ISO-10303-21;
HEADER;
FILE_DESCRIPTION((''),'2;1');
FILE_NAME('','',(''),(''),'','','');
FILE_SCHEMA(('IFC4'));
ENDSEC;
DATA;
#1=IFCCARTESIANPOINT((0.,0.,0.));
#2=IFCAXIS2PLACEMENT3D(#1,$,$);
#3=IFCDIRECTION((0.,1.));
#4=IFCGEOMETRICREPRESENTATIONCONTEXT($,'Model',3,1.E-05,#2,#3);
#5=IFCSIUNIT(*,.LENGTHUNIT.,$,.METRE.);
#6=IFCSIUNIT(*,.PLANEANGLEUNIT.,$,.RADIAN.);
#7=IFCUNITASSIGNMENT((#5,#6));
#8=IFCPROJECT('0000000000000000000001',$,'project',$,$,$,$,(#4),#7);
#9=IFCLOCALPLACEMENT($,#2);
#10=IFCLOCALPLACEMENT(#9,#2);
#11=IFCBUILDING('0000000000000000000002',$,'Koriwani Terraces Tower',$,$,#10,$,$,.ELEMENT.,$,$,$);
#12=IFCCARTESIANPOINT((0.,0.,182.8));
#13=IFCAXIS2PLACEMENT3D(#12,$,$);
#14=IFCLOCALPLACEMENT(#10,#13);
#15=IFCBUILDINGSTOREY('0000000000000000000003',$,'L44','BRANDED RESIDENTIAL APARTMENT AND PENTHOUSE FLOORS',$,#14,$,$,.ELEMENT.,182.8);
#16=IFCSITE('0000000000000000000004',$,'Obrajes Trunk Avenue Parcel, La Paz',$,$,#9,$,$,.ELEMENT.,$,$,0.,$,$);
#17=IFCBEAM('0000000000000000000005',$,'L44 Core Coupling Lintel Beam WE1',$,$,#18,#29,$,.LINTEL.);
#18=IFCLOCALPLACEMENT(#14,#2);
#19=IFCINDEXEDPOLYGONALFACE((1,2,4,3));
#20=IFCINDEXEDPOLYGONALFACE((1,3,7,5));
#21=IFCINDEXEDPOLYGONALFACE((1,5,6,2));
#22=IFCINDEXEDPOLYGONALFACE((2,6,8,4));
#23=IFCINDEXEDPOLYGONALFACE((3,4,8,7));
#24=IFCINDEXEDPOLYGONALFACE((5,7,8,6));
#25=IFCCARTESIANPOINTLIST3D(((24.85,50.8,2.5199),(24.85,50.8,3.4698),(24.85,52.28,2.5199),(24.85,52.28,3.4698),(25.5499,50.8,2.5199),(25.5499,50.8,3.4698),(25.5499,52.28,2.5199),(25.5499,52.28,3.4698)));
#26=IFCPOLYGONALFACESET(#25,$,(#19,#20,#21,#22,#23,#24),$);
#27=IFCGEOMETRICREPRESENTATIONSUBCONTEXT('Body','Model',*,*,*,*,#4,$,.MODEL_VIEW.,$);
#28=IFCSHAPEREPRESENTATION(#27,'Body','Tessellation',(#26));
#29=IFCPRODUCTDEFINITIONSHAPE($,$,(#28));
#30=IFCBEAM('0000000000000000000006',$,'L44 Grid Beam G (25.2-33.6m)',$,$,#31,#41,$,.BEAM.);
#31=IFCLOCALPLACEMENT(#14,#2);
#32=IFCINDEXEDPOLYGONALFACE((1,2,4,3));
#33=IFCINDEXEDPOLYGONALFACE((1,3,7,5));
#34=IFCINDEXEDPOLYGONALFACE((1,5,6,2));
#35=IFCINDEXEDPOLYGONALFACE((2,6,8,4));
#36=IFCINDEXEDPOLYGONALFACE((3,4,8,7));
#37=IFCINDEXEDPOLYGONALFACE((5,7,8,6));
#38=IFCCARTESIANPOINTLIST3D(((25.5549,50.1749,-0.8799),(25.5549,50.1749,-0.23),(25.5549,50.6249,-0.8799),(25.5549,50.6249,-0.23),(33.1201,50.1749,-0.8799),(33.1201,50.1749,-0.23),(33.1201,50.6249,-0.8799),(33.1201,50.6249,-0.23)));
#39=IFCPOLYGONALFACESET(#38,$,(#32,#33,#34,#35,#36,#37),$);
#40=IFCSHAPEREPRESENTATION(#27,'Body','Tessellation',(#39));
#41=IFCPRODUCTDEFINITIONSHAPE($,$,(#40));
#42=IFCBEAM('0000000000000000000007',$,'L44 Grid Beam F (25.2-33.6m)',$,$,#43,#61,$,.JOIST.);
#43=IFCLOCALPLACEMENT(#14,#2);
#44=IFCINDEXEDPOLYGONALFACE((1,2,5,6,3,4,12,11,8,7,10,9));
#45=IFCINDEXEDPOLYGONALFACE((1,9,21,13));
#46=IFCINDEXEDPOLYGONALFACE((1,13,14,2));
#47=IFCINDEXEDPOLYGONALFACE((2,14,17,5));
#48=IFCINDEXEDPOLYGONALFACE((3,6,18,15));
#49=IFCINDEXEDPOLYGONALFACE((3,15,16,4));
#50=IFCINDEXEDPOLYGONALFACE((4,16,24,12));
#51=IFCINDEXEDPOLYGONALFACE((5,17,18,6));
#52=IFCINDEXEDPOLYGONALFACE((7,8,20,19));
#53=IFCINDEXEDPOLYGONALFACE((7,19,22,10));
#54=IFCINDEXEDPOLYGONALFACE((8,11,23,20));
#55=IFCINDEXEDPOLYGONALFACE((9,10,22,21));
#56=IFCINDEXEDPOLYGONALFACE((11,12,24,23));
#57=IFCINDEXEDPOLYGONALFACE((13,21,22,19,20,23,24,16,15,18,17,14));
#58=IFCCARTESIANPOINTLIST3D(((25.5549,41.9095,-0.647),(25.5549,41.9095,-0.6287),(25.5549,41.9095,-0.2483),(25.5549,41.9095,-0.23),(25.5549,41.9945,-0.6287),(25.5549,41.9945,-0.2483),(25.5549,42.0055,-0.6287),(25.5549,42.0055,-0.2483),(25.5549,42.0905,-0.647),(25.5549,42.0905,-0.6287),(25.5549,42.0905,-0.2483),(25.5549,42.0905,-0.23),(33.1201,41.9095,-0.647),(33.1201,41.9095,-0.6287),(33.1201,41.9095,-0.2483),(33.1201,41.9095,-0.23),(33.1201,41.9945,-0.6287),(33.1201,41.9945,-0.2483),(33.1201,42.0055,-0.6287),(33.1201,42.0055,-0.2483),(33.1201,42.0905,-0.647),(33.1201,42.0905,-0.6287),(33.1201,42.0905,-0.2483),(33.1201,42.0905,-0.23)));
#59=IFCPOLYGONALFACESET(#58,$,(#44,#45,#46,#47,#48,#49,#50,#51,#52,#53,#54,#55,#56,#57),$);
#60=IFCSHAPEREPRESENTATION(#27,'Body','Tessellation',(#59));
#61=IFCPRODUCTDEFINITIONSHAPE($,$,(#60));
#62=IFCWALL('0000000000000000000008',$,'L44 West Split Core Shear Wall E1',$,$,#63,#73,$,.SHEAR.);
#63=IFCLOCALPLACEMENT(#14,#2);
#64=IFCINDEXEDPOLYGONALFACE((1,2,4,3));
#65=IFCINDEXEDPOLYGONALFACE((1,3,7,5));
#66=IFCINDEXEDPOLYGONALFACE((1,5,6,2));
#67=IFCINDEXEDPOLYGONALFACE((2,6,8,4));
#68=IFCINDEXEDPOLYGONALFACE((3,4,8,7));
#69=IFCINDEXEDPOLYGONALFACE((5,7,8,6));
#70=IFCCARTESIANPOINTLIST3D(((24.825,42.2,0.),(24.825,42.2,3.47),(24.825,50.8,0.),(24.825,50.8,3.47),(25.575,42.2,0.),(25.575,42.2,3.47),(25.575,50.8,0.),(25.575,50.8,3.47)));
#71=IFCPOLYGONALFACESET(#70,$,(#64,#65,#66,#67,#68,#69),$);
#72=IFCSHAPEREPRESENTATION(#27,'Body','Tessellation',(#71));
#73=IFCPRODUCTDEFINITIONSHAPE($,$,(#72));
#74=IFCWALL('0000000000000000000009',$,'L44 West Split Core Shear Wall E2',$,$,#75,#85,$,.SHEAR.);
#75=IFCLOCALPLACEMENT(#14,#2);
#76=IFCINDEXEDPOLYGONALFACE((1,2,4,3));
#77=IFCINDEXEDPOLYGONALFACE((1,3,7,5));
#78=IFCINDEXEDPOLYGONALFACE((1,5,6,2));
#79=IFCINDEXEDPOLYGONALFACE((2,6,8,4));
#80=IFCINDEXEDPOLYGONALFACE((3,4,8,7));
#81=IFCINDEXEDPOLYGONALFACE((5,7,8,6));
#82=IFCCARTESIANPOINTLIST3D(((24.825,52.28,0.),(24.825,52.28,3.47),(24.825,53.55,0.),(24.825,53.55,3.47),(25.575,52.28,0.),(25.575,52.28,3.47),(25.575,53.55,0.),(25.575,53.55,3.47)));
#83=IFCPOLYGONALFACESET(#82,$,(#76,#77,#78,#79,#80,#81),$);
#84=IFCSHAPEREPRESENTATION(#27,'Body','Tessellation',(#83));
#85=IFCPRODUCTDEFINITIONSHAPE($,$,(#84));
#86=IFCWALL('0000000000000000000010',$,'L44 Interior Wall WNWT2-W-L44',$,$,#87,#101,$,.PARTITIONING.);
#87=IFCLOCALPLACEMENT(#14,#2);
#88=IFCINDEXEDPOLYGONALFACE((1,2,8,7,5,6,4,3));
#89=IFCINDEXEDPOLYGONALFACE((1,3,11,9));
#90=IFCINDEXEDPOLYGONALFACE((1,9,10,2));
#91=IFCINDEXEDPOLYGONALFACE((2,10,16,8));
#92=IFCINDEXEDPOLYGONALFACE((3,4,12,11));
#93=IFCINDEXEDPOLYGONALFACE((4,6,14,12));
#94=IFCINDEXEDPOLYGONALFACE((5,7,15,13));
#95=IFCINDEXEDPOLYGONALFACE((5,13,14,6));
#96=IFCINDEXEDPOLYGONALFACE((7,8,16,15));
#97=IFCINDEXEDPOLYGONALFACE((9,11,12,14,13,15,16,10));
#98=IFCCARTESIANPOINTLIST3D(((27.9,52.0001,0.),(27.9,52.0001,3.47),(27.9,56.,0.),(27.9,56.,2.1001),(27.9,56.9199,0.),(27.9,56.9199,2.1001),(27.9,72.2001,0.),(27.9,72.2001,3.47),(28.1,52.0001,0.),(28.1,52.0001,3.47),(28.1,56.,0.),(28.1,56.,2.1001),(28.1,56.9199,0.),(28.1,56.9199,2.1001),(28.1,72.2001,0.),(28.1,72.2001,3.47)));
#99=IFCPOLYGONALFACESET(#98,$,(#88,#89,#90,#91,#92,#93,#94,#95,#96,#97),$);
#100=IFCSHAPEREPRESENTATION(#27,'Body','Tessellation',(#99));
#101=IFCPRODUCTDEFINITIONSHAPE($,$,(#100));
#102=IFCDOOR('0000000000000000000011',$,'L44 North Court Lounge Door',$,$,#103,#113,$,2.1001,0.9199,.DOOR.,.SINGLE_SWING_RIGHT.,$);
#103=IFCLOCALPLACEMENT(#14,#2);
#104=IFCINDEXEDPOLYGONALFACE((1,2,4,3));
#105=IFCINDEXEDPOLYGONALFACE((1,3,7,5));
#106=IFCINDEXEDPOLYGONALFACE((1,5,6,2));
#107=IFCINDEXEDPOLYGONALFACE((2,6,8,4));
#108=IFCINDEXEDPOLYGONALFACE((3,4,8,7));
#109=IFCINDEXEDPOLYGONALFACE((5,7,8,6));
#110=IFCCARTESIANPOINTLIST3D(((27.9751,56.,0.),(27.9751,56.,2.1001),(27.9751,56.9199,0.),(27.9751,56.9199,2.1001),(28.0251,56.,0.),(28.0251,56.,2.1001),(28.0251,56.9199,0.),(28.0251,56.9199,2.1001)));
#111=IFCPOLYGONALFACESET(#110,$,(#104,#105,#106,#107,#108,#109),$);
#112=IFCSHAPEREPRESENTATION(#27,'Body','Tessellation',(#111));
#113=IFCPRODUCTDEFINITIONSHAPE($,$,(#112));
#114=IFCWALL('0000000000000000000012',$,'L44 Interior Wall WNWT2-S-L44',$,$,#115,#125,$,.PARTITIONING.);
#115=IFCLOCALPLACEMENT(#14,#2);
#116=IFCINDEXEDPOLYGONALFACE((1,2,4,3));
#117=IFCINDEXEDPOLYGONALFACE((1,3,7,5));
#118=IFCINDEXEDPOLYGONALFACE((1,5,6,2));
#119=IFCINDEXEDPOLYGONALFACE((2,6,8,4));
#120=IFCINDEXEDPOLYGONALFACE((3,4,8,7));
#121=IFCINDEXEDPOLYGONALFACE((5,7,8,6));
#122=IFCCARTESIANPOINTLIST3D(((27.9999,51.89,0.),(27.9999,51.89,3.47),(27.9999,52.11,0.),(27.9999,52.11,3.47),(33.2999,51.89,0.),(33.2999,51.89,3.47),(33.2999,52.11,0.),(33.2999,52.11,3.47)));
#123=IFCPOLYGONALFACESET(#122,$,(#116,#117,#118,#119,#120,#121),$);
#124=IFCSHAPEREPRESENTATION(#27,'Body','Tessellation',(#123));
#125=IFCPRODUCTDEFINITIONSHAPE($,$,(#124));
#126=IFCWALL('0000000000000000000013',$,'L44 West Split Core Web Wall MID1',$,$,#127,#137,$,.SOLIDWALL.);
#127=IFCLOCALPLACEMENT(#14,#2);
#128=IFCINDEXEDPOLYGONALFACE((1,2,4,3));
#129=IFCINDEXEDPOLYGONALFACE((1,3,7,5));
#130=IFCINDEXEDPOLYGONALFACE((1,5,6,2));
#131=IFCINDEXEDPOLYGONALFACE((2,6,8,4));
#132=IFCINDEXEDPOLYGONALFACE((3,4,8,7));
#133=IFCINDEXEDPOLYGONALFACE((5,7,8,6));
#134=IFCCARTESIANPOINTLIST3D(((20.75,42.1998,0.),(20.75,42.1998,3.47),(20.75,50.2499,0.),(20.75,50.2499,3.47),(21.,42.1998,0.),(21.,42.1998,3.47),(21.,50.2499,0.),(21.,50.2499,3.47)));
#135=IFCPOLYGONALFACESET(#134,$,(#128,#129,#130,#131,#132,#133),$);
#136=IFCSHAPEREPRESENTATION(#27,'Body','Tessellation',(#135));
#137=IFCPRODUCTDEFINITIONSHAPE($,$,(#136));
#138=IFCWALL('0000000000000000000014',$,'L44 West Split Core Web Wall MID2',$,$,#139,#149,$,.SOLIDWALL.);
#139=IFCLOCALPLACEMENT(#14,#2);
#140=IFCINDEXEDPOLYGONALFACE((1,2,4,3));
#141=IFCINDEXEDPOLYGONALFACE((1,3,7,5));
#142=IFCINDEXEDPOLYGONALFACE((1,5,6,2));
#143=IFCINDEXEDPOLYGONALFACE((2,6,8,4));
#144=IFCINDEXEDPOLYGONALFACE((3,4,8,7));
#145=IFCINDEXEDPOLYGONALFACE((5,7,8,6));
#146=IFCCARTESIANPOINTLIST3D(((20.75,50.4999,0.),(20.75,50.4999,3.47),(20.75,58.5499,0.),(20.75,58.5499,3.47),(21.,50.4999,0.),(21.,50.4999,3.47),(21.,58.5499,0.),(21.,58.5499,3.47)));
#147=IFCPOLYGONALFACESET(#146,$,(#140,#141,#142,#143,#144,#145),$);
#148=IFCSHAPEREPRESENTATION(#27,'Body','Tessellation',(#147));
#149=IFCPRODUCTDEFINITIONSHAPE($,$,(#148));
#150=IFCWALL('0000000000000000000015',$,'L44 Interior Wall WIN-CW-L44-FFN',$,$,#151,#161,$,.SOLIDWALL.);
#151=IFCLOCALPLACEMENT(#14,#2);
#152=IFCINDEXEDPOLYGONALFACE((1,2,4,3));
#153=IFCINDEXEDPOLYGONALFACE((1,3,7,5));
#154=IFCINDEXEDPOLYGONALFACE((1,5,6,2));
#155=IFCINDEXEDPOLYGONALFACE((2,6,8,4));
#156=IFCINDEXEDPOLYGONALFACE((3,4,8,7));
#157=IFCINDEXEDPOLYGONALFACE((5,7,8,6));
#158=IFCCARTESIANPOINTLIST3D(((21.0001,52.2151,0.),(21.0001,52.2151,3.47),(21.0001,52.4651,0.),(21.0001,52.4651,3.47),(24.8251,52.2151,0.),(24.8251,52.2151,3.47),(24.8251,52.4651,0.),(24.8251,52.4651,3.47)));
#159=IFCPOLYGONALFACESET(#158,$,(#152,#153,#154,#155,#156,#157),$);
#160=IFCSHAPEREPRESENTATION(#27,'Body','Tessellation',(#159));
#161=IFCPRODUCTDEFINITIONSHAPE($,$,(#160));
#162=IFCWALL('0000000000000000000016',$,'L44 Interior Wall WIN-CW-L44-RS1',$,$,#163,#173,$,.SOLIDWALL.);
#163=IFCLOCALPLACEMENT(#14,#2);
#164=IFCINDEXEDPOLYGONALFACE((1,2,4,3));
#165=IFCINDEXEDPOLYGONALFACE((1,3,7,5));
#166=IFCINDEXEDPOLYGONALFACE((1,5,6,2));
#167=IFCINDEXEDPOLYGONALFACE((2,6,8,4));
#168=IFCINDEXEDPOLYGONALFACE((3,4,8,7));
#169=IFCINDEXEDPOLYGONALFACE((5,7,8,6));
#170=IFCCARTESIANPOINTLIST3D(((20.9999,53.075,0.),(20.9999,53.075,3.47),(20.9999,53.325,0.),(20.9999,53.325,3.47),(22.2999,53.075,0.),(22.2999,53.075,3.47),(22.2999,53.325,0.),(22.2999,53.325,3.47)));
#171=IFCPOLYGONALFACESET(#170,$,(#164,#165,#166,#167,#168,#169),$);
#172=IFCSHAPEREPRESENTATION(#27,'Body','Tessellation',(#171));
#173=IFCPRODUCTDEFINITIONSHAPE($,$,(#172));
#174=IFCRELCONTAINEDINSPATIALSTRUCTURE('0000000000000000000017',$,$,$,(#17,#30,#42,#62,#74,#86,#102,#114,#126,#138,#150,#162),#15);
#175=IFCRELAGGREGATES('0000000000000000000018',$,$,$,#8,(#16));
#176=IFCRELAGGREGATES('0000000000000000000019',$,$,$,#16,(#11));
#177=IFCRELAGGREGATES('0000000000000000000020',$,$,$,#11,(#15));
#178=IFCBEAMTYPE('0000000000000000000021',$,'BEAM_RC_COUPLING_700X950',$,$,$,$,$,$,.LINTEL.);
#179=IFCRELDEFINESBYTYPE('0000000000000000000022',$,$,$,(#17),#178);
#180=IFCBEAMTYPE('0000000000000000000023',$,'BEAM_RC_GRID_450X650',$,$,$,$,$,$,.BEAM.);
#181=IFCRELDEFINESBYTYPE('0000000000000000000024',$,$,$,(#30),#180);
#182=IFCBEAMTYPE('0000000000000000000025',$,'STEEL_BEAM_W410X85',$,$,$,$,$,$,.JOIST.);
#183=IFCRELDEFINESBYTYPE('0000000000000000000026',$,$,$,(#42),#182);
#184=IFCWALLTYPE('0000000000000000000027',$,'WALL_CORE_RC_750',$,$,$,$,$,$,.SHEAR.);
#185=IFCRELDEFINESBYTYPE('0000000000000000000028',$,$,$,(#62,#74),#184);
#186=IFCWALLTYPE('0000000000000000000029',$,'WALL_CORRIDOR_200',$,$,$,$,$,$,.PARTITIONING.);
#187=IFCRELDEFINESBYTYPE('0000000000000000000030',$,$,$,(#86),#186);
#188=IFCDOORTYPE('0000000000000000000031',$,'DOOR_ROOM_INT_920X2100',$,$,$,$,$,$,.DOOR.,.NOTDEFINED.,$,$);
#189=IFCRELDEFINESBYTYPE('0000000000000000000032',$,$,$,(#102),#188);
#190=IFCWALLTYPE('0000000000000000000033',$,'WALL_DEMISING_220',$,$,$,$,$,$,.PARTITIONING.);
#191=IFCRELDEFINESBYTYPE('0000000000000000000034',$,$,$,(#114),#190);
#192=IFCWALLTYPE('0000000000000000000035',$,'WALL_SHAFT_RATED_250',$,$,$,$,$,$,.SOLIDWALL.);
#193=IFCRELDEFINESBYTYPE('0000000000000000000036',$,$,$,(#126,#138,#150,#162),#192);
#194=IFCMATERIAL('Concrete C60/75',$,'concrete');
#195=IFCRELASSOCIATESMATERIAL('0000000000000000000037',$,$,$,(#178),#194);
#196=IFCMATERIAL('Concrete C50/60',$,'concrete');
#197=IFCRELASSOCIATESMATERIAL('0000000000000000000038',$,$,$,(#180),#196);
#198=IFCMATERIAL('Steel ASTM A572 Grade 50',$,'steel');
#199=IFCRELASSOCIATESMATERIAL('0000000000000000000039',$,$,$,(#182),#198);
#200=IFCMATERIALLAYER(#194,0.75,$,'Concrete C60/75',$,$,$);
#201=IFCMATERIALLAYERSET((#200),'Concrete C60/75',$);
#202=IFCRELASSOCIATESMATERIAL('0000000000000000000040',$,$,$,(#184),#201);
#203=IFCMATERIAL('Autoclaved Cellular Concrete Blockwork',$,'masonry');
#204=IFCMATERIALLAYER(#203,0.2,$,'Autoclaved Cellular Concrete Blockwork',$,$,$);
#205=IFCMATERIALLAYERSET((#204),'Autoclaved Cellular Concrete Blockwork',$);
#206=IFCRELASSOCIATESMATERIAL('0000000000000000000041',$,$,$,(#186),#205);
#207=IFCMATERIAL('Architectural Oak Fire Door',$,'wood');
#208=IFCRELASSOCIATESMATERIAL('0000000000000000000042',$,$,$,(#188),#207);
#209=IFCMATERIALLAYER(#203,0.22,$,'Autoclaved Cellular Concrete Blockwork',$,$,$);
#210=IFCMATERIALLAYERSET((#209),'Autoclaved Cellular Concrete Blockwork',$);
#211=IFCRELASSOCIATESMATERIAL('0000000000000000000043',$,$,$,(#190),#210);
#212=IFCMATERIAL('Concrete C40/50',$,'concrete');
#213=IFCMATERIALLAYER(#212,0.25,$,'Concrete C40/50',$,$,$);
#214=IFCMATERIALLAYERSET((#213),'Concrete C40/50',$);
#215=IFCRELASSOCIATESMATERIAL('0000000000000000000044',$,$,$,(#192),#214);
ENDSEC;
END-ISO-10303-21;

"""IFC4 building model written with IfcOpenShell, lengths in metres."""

from ifc_helpers import new_model, si_unit, direction, frame, frame_2d, origin, origin_2d, place, context, subcontext, project, spatial, rectangle, i_section, extrude, material, layer, layer_set, material_profile, profile_set, type_object, element, fill, save


model = new_model("IFC4")

# Units and contexts
model_context = context("Model", 3, precision=1e-05, world=origin(), true_north=direction((0.0, 1.0)))
body_context = subcontext(model_context, "Body", "Model", "MODEL_VIEW")
ifc_project = project(units=[si_unit("LENGTHUNIT", "METRE"), si_unit("PLANEANGLEUNIT", "RADIAN")], contexts=[model_context])

# Site, building, storey
site_placement = place(None, origin())
site = spatial("IfcSite", under=ifc_project, at=site_placement, Name="Obrajes Trunk Avenue Parcel, La Paz", CompositionType="ELEMENT", RefElevation=0.0)
building_placement = place(site_placement, origin())
building = spatial("IfcBuilding", under=site, at=building_placement, Name="Koriwani Terraces Tower", CompositionType="ELEMENT")
storey_placement = place(building_placement, frame((0.0, 0.0, 182.8)))
storey = spatial("IfcBuildingStorey", under=building, at=storey_placement, Name="L44", Description="BRANDED RESIDENTIAL APARTMENT AND PENTHOUSE FLOORS", CompositionType="ELEMENT", Elevation=182.8)

# Beams
ifc_material_1 = material(Name="Concrete C60/75", Category="concrete")
ifc_material_profile_1 = material_profile(ifc_material_1, rectangle(XDim=0.7, YDim=0.95, at=origin_2d()), Name="Concrete C60/75", Category="LoadBearing")
ifc_profile_set_1 = profile_set([ifc_material_profile_1], Name="Concrete C60/75")
beam_type_1 = type_object("IfcBeamType", Name="BEAM_RC_COUPLING_700X950", PredefinedType="LINTEL", material=ifc_profile_set_1)
beam_1_placement = place(storey_placement, frame((25.2, 50.8, 2.9949), z_axis=(0.0, 1.0, 0.0), x_axis=(-1.0, 0.0, 0.0)))
element("IfcBeam", 1, at=beam_1_placement, inside=storey, type_object=beam_type_1, Name="L44 Core Coupling Lintel Beam WE1", PredefinedType="LINTEL", context=body_context, shape_type="SweptSolid", body=[
    extrude(rectangle(XDim=0.7, YDim=0.95, at=origin_2d()), origin(), (0.0, 0.0, 1.0), 1.48),
])
ifc_material_2 = material(Name="Concrete C50/60", Category="concrete")
ifc_material_profile_2 = material_profile(ifc_material_2, rectangle(XDim=0.45, YDim=0.6499, at=origin_2d()), Name="Concrete C50/60", Category="LoadBearing")
ifc_profile_set_2 = profile_set([ifc_material_profile_2], Name="Concrete C50/60")
beam_type_2 = type_object("IfcBeamType", Name="BEAM_RC_GRID_450X650", PredefinedType="BEAM", material=ifc_profile_set_2)
beam_2_placement = place(storey_placement, frame((25.5549, 50.3999, -0.5549), z_axis=(1.0, 0.0, 0.0), x_axis=(0.0, 1.0, 0.0)))
element("IfcBeam", 2, at=beam_2_placement, inside=storey, type_object=beam_type_2, Name="L44 Grid Beam G (25.2-33.6m)", PredefinedType="BEAM", context=body_context, shape_type="SweptSolid", body=[
    extrude(rectangle(XDim=0.45, YDim=0.6499, at=origin_2d()), origin(), (0.0, 0.0, 1.0), 7.5652),
])
ifc_material_3 = material(Name="Steel ASTM A572 Grade 50", Category="steel")
ifc_material_profile_3 = material_profile(ifc_material_3, i_section(OverallWidth=0.1809, OverallDepth=0.417, WebThickness=0.011, FlangeThickness=0.0183, at=origin_2d()), Name="Steel ASTM A572 Grade 50", Category="LoadBearing")
ifc_profile_set_3 = profile_set([ifc_material_profile_3], Name="Steel ASTM A572 Grade 50")
beam_type_3 = type_object("IfcBeamType", Name="STEEL_BEAM_W410X85", PredefinedType="JOIST", material=ifc_profile_set_3)
beam_3_placement = place(storey_placement, frame((25.5549, 42.0, -0.4385), z_axis=(1.0, 0.0, 0.0), x_axis=(0.0, 1.0, 0.0)))
element("IfcBeam", 3, at=beam_3_placement, inside=storey, type_object=beam_type_3, Name="L44 Grid Beam F (25.2-33.6m)", PredefinedType="JOIST", context=body_context, shape_type="SweptSolid", body=[
    extrude(i_section(OverallWidth=0.1809, OverallDepth=0.417, WebThickness=0.011, FlangeThickness=0.0183, at=origin_2d()), origin(), (0.0, 0.0, 1.0), 7.5652),
])

# Walls
ifc_layer_1 = layer(ifc_material_1, 0.75, Name="Concrete C60/75")
ifc_layer_set_1 = layer_set([ifc_layer_1], Name="Concrete C60/75")
wall_type_1 = type_object("IfcWallType", Name="WALL_CORE_RC_750", PredefinedType="SHEAR", material=ifc_layer_set_1)
wall_1_placement = place(storey_placement, frame((25.2, 42.2, 0.0), z_axis=(0.0, 0.0, 1.0), x_axis=(0.0, 1.0, 0.0)))
element("IfcWall", 4, at=wall_1_placement, inside=storey, type_object=wall_type_1, Name="L44 West Split Core Shear Wall E1", PredefinedType="SHEAR", context=body_context, shape_type="SweptSolid", body=[
    extrude(rectangle(XDim=8.6001, YDim=0.75, at=frame_2d((4.3, 0.0))), origin(), (0.0, 0.0, 1.0), 3.47),
])
wall_2_placement = place(storey_placement, frame((25.2, 52.28, 0.0), z_axis=(0.0, 0.0, 1.0), x_axis=(0.0, 1.0, 0.0)))
element("IfcWall", 5, at=wall_2_placement, inside=storey, type_object=wall_type_1, Name="L44 West Split Core Shear Wall E2", PredefinedType="SHEAR", context=body_context, shape_type="SweptSolid", body=[
    extrude(rectangle(XDim=1.27, YDim=0.75, at=frame_2d((0.635, 0.0))), origin(), (0.0, 0.0, 1.0), 3.47),
])

# Wall, opening, door
ifc_material_4 = material(Name="Autoclaved Cellular Concrete Blockwork", Category="masonry")
ifc_layer_2 = layer(ifc_material_4, 0.2, Name="Autoclaved Cellular Concrete Blockwork")
ifc_layer_set_2 = layer_set([ifc_layer_2], Name="Autoclaved Cellular Concrete Blockwork")
wall_type_2 = type_object("IfcWallType", Name="WALL_CORRIDOR_200", PredefinedType="PARTITIONING", material=ifc_layer_set_2)
wall_3_placement = place(storey_placement, frame((28.0, 52.0, 0.0), z_axis=(0.0, 0.0, 1.0), x_axis=(0.0, 1.0, 0.0)))
wall_3 = element("IfcWall", 6, at=wall_3_placement, inside=storey, type_object=wall_type_2, Name="L44 Interior Wall WNWT2-W-L44", PredefinedType="PARTITIONING", context=body_context, shape_type="SweptSolid", body=[
    extrude(rectangle(XDim=20.2, YDim=0.2, at=frame_2d((10.1001, 0.0))), origin(), (0.0, 0.0, 1.0), 3.47),
])
opening_1_placement = place(wall_3_placement, frame((4.0, 0.0, 0.0)))
opening_1 = element("IfcOpeningElement", 7, at=opening_1_placement, cuts=wall_3, PredefinedType="OPENING", context=body_context, shape_type="SweptSolid", body=[
    extrude(rectangle(XDim=0.9199, YDim=2.1001, at=frame_2d((0.46, 1.05))), frame((0.0, 0.1099, 0.0), z_axis=(0.0, -1.0, 0.0), x_axis=(1.0, 0.0, 0.0)), (0.0, 0.0, 1.0), 0.22),
])
ifc_material_5 = material(Name="Architectural Oak Fire Door", Category="wood")
door_type_1 = type_object("IfcDoorType", Name="DOOR_ROOM_INT_920X2100", OperationType="NOTDEFINED", PredefinedType="DOOR", material=ifc_material_5)
door_1_placement = place(opening_1_placement, origin())
door_1 = element("IfcDoor", 8, at=door_1_placement, inside=storey, type_object=door_type_1, Name="L44 North Court Lounge Door", OperationType="SINGLE_SWING_RIGHT", OverallHeight=2.1001, OverallWidth=0.9199, PredefinedType="DOOR", context=body_context, shape_type="SweptSolid", body=[
    extrude(rectangle(XDim=0.9199, YDim=2.1001, at=frame_2d((0.46, 1.05))), frame((0.0, 0.0249, 0.0), z_axis=(0.0, -1.0, 0.0), x_axis=(1.0, 0.0, 0.0)), (0.0, 0.0, 1.0), 0.05),
])
fill(opening_1, door_1)

# Walls
ifc_layer_3 = layer(ifc_material_4, 0.22, Name="Autoclaved Cellular Concrete Blockwork")
ifc_layer_set_3 = layer_set([ifc_layer_3], Name="Autoclaved Cellular Concrete Blockwork")
wall_type_3 = type_object("IfcWallType", Name="WALL_DEMISING_220", PredefinedType="PARTITIONING", material=ifc_layer_set_3)
wall_4_placement = place(storey_placement, frame((28.0, 52.0, 0.0), z_axis=(0.0, 0.0, 1.0), x_axis=(1.0, 0.0, 0.0)))
element("IfcWall", 9, at=wall_4_placement, inside=storey, type_object=wall_type_3, Name="L44 Interior Wall WNWT2-S-L44", PredefinedType="PARTITIONING", context=body_context, shape_type="SweptSolid", body=[
    extrude(rectangle(XDim=5.3, YDim=0.22, at=frame_2d((2.6499, 0.0))), origin(), (0.0, 0.0, 1.0), 3.47),
])
ifc_material_6 = material(Name="Concrete C40/50", Category="concrete")
ifc_layer_4 = layer(ifc_material_6, 0.25, Name="Concrete C40/50")
ifc_layer_set_4 = layer_set([ifc_layer_4], Name="Concrete C40/50")
wall_type_4 = type_object("IfcWallType", Name="WALL_SHAFT_RATED_250", PredefinedType="SOLIDWALL", material=ifc_layer_set_4)
for number, where, z_axis, x_axis, name in (
    (10, (20.875, 42.2, 0.0), (0.0, 0.0, 1.0), (0.0, 1.0, 0.0), "L44 West Split Core Web Wall MID1"),
    (11, (20.875, 50.5, 0.0), (0.0, 0.0, 1.0), (0.0, 1.0, 0.0), "L44 West Split Core Web Wall MID2"),
):
    element("IfcWall", number, at=place(storey_placement, frame(where, z_axis=z_axis, x_axis=x_axis)), inside=storey, type_object=wall_type_4, Name=name, PredefinedType="SOLIDWALL", context=body_context, shape_type="SweptSolid", body=[
        extrude(rectangle(XDim=8.05, YDim=0.25, at=frame_2d((4.0249, 0.0))), origin(), (0.0, 0.0, 1.0), 3.47),
    ])

# Walls
wall_5_placement = place(storey_placement, frame((21.0, 52.3401, 0.0), z_axis=(0.0, 0.0, 1.0), x_axis=(1.0, 0.0, 0.0)))
element("IfcWall", 12, at=wall_5_placement, inside=storey, type_object=wall_type_4, Name="L44 Interior Wall WIN-CW-L44-FFN", PredefinedType="SOLIDWALL", context=body_context, shape_type="SweptSolid", body=[
    extrude(rectangle(XDim=3.825, YDim=0.25, at=frame_2d((1.9126, 0.0))), origin(), (0.0, 0.0, 1.0), 3.47),
])
wall_6_placement = place(storey_placement, frame((21.0, 53.2, 0.0), z_axis=(0.0, 0.0, 1.0), x_axis=(1.0, 0.0, 0.0)))
element("IfcWall", 13, at=wall_6_placement, inside=storey, type_object=wall_type_4, Name="L44 Interior Wall WIN-CW-L44-RS1", PredefinedType="SOLIDWALL", context=body_context, shape_type="SweptSolid", body=[
    extrude(rectangle(XDim=1.3, YDim=0.25, at=frame_2d((0.6499, 0.0))), origin(), (0.0, 0.0, 1.0), 3.47),
])

save(model, "model.ifc")
